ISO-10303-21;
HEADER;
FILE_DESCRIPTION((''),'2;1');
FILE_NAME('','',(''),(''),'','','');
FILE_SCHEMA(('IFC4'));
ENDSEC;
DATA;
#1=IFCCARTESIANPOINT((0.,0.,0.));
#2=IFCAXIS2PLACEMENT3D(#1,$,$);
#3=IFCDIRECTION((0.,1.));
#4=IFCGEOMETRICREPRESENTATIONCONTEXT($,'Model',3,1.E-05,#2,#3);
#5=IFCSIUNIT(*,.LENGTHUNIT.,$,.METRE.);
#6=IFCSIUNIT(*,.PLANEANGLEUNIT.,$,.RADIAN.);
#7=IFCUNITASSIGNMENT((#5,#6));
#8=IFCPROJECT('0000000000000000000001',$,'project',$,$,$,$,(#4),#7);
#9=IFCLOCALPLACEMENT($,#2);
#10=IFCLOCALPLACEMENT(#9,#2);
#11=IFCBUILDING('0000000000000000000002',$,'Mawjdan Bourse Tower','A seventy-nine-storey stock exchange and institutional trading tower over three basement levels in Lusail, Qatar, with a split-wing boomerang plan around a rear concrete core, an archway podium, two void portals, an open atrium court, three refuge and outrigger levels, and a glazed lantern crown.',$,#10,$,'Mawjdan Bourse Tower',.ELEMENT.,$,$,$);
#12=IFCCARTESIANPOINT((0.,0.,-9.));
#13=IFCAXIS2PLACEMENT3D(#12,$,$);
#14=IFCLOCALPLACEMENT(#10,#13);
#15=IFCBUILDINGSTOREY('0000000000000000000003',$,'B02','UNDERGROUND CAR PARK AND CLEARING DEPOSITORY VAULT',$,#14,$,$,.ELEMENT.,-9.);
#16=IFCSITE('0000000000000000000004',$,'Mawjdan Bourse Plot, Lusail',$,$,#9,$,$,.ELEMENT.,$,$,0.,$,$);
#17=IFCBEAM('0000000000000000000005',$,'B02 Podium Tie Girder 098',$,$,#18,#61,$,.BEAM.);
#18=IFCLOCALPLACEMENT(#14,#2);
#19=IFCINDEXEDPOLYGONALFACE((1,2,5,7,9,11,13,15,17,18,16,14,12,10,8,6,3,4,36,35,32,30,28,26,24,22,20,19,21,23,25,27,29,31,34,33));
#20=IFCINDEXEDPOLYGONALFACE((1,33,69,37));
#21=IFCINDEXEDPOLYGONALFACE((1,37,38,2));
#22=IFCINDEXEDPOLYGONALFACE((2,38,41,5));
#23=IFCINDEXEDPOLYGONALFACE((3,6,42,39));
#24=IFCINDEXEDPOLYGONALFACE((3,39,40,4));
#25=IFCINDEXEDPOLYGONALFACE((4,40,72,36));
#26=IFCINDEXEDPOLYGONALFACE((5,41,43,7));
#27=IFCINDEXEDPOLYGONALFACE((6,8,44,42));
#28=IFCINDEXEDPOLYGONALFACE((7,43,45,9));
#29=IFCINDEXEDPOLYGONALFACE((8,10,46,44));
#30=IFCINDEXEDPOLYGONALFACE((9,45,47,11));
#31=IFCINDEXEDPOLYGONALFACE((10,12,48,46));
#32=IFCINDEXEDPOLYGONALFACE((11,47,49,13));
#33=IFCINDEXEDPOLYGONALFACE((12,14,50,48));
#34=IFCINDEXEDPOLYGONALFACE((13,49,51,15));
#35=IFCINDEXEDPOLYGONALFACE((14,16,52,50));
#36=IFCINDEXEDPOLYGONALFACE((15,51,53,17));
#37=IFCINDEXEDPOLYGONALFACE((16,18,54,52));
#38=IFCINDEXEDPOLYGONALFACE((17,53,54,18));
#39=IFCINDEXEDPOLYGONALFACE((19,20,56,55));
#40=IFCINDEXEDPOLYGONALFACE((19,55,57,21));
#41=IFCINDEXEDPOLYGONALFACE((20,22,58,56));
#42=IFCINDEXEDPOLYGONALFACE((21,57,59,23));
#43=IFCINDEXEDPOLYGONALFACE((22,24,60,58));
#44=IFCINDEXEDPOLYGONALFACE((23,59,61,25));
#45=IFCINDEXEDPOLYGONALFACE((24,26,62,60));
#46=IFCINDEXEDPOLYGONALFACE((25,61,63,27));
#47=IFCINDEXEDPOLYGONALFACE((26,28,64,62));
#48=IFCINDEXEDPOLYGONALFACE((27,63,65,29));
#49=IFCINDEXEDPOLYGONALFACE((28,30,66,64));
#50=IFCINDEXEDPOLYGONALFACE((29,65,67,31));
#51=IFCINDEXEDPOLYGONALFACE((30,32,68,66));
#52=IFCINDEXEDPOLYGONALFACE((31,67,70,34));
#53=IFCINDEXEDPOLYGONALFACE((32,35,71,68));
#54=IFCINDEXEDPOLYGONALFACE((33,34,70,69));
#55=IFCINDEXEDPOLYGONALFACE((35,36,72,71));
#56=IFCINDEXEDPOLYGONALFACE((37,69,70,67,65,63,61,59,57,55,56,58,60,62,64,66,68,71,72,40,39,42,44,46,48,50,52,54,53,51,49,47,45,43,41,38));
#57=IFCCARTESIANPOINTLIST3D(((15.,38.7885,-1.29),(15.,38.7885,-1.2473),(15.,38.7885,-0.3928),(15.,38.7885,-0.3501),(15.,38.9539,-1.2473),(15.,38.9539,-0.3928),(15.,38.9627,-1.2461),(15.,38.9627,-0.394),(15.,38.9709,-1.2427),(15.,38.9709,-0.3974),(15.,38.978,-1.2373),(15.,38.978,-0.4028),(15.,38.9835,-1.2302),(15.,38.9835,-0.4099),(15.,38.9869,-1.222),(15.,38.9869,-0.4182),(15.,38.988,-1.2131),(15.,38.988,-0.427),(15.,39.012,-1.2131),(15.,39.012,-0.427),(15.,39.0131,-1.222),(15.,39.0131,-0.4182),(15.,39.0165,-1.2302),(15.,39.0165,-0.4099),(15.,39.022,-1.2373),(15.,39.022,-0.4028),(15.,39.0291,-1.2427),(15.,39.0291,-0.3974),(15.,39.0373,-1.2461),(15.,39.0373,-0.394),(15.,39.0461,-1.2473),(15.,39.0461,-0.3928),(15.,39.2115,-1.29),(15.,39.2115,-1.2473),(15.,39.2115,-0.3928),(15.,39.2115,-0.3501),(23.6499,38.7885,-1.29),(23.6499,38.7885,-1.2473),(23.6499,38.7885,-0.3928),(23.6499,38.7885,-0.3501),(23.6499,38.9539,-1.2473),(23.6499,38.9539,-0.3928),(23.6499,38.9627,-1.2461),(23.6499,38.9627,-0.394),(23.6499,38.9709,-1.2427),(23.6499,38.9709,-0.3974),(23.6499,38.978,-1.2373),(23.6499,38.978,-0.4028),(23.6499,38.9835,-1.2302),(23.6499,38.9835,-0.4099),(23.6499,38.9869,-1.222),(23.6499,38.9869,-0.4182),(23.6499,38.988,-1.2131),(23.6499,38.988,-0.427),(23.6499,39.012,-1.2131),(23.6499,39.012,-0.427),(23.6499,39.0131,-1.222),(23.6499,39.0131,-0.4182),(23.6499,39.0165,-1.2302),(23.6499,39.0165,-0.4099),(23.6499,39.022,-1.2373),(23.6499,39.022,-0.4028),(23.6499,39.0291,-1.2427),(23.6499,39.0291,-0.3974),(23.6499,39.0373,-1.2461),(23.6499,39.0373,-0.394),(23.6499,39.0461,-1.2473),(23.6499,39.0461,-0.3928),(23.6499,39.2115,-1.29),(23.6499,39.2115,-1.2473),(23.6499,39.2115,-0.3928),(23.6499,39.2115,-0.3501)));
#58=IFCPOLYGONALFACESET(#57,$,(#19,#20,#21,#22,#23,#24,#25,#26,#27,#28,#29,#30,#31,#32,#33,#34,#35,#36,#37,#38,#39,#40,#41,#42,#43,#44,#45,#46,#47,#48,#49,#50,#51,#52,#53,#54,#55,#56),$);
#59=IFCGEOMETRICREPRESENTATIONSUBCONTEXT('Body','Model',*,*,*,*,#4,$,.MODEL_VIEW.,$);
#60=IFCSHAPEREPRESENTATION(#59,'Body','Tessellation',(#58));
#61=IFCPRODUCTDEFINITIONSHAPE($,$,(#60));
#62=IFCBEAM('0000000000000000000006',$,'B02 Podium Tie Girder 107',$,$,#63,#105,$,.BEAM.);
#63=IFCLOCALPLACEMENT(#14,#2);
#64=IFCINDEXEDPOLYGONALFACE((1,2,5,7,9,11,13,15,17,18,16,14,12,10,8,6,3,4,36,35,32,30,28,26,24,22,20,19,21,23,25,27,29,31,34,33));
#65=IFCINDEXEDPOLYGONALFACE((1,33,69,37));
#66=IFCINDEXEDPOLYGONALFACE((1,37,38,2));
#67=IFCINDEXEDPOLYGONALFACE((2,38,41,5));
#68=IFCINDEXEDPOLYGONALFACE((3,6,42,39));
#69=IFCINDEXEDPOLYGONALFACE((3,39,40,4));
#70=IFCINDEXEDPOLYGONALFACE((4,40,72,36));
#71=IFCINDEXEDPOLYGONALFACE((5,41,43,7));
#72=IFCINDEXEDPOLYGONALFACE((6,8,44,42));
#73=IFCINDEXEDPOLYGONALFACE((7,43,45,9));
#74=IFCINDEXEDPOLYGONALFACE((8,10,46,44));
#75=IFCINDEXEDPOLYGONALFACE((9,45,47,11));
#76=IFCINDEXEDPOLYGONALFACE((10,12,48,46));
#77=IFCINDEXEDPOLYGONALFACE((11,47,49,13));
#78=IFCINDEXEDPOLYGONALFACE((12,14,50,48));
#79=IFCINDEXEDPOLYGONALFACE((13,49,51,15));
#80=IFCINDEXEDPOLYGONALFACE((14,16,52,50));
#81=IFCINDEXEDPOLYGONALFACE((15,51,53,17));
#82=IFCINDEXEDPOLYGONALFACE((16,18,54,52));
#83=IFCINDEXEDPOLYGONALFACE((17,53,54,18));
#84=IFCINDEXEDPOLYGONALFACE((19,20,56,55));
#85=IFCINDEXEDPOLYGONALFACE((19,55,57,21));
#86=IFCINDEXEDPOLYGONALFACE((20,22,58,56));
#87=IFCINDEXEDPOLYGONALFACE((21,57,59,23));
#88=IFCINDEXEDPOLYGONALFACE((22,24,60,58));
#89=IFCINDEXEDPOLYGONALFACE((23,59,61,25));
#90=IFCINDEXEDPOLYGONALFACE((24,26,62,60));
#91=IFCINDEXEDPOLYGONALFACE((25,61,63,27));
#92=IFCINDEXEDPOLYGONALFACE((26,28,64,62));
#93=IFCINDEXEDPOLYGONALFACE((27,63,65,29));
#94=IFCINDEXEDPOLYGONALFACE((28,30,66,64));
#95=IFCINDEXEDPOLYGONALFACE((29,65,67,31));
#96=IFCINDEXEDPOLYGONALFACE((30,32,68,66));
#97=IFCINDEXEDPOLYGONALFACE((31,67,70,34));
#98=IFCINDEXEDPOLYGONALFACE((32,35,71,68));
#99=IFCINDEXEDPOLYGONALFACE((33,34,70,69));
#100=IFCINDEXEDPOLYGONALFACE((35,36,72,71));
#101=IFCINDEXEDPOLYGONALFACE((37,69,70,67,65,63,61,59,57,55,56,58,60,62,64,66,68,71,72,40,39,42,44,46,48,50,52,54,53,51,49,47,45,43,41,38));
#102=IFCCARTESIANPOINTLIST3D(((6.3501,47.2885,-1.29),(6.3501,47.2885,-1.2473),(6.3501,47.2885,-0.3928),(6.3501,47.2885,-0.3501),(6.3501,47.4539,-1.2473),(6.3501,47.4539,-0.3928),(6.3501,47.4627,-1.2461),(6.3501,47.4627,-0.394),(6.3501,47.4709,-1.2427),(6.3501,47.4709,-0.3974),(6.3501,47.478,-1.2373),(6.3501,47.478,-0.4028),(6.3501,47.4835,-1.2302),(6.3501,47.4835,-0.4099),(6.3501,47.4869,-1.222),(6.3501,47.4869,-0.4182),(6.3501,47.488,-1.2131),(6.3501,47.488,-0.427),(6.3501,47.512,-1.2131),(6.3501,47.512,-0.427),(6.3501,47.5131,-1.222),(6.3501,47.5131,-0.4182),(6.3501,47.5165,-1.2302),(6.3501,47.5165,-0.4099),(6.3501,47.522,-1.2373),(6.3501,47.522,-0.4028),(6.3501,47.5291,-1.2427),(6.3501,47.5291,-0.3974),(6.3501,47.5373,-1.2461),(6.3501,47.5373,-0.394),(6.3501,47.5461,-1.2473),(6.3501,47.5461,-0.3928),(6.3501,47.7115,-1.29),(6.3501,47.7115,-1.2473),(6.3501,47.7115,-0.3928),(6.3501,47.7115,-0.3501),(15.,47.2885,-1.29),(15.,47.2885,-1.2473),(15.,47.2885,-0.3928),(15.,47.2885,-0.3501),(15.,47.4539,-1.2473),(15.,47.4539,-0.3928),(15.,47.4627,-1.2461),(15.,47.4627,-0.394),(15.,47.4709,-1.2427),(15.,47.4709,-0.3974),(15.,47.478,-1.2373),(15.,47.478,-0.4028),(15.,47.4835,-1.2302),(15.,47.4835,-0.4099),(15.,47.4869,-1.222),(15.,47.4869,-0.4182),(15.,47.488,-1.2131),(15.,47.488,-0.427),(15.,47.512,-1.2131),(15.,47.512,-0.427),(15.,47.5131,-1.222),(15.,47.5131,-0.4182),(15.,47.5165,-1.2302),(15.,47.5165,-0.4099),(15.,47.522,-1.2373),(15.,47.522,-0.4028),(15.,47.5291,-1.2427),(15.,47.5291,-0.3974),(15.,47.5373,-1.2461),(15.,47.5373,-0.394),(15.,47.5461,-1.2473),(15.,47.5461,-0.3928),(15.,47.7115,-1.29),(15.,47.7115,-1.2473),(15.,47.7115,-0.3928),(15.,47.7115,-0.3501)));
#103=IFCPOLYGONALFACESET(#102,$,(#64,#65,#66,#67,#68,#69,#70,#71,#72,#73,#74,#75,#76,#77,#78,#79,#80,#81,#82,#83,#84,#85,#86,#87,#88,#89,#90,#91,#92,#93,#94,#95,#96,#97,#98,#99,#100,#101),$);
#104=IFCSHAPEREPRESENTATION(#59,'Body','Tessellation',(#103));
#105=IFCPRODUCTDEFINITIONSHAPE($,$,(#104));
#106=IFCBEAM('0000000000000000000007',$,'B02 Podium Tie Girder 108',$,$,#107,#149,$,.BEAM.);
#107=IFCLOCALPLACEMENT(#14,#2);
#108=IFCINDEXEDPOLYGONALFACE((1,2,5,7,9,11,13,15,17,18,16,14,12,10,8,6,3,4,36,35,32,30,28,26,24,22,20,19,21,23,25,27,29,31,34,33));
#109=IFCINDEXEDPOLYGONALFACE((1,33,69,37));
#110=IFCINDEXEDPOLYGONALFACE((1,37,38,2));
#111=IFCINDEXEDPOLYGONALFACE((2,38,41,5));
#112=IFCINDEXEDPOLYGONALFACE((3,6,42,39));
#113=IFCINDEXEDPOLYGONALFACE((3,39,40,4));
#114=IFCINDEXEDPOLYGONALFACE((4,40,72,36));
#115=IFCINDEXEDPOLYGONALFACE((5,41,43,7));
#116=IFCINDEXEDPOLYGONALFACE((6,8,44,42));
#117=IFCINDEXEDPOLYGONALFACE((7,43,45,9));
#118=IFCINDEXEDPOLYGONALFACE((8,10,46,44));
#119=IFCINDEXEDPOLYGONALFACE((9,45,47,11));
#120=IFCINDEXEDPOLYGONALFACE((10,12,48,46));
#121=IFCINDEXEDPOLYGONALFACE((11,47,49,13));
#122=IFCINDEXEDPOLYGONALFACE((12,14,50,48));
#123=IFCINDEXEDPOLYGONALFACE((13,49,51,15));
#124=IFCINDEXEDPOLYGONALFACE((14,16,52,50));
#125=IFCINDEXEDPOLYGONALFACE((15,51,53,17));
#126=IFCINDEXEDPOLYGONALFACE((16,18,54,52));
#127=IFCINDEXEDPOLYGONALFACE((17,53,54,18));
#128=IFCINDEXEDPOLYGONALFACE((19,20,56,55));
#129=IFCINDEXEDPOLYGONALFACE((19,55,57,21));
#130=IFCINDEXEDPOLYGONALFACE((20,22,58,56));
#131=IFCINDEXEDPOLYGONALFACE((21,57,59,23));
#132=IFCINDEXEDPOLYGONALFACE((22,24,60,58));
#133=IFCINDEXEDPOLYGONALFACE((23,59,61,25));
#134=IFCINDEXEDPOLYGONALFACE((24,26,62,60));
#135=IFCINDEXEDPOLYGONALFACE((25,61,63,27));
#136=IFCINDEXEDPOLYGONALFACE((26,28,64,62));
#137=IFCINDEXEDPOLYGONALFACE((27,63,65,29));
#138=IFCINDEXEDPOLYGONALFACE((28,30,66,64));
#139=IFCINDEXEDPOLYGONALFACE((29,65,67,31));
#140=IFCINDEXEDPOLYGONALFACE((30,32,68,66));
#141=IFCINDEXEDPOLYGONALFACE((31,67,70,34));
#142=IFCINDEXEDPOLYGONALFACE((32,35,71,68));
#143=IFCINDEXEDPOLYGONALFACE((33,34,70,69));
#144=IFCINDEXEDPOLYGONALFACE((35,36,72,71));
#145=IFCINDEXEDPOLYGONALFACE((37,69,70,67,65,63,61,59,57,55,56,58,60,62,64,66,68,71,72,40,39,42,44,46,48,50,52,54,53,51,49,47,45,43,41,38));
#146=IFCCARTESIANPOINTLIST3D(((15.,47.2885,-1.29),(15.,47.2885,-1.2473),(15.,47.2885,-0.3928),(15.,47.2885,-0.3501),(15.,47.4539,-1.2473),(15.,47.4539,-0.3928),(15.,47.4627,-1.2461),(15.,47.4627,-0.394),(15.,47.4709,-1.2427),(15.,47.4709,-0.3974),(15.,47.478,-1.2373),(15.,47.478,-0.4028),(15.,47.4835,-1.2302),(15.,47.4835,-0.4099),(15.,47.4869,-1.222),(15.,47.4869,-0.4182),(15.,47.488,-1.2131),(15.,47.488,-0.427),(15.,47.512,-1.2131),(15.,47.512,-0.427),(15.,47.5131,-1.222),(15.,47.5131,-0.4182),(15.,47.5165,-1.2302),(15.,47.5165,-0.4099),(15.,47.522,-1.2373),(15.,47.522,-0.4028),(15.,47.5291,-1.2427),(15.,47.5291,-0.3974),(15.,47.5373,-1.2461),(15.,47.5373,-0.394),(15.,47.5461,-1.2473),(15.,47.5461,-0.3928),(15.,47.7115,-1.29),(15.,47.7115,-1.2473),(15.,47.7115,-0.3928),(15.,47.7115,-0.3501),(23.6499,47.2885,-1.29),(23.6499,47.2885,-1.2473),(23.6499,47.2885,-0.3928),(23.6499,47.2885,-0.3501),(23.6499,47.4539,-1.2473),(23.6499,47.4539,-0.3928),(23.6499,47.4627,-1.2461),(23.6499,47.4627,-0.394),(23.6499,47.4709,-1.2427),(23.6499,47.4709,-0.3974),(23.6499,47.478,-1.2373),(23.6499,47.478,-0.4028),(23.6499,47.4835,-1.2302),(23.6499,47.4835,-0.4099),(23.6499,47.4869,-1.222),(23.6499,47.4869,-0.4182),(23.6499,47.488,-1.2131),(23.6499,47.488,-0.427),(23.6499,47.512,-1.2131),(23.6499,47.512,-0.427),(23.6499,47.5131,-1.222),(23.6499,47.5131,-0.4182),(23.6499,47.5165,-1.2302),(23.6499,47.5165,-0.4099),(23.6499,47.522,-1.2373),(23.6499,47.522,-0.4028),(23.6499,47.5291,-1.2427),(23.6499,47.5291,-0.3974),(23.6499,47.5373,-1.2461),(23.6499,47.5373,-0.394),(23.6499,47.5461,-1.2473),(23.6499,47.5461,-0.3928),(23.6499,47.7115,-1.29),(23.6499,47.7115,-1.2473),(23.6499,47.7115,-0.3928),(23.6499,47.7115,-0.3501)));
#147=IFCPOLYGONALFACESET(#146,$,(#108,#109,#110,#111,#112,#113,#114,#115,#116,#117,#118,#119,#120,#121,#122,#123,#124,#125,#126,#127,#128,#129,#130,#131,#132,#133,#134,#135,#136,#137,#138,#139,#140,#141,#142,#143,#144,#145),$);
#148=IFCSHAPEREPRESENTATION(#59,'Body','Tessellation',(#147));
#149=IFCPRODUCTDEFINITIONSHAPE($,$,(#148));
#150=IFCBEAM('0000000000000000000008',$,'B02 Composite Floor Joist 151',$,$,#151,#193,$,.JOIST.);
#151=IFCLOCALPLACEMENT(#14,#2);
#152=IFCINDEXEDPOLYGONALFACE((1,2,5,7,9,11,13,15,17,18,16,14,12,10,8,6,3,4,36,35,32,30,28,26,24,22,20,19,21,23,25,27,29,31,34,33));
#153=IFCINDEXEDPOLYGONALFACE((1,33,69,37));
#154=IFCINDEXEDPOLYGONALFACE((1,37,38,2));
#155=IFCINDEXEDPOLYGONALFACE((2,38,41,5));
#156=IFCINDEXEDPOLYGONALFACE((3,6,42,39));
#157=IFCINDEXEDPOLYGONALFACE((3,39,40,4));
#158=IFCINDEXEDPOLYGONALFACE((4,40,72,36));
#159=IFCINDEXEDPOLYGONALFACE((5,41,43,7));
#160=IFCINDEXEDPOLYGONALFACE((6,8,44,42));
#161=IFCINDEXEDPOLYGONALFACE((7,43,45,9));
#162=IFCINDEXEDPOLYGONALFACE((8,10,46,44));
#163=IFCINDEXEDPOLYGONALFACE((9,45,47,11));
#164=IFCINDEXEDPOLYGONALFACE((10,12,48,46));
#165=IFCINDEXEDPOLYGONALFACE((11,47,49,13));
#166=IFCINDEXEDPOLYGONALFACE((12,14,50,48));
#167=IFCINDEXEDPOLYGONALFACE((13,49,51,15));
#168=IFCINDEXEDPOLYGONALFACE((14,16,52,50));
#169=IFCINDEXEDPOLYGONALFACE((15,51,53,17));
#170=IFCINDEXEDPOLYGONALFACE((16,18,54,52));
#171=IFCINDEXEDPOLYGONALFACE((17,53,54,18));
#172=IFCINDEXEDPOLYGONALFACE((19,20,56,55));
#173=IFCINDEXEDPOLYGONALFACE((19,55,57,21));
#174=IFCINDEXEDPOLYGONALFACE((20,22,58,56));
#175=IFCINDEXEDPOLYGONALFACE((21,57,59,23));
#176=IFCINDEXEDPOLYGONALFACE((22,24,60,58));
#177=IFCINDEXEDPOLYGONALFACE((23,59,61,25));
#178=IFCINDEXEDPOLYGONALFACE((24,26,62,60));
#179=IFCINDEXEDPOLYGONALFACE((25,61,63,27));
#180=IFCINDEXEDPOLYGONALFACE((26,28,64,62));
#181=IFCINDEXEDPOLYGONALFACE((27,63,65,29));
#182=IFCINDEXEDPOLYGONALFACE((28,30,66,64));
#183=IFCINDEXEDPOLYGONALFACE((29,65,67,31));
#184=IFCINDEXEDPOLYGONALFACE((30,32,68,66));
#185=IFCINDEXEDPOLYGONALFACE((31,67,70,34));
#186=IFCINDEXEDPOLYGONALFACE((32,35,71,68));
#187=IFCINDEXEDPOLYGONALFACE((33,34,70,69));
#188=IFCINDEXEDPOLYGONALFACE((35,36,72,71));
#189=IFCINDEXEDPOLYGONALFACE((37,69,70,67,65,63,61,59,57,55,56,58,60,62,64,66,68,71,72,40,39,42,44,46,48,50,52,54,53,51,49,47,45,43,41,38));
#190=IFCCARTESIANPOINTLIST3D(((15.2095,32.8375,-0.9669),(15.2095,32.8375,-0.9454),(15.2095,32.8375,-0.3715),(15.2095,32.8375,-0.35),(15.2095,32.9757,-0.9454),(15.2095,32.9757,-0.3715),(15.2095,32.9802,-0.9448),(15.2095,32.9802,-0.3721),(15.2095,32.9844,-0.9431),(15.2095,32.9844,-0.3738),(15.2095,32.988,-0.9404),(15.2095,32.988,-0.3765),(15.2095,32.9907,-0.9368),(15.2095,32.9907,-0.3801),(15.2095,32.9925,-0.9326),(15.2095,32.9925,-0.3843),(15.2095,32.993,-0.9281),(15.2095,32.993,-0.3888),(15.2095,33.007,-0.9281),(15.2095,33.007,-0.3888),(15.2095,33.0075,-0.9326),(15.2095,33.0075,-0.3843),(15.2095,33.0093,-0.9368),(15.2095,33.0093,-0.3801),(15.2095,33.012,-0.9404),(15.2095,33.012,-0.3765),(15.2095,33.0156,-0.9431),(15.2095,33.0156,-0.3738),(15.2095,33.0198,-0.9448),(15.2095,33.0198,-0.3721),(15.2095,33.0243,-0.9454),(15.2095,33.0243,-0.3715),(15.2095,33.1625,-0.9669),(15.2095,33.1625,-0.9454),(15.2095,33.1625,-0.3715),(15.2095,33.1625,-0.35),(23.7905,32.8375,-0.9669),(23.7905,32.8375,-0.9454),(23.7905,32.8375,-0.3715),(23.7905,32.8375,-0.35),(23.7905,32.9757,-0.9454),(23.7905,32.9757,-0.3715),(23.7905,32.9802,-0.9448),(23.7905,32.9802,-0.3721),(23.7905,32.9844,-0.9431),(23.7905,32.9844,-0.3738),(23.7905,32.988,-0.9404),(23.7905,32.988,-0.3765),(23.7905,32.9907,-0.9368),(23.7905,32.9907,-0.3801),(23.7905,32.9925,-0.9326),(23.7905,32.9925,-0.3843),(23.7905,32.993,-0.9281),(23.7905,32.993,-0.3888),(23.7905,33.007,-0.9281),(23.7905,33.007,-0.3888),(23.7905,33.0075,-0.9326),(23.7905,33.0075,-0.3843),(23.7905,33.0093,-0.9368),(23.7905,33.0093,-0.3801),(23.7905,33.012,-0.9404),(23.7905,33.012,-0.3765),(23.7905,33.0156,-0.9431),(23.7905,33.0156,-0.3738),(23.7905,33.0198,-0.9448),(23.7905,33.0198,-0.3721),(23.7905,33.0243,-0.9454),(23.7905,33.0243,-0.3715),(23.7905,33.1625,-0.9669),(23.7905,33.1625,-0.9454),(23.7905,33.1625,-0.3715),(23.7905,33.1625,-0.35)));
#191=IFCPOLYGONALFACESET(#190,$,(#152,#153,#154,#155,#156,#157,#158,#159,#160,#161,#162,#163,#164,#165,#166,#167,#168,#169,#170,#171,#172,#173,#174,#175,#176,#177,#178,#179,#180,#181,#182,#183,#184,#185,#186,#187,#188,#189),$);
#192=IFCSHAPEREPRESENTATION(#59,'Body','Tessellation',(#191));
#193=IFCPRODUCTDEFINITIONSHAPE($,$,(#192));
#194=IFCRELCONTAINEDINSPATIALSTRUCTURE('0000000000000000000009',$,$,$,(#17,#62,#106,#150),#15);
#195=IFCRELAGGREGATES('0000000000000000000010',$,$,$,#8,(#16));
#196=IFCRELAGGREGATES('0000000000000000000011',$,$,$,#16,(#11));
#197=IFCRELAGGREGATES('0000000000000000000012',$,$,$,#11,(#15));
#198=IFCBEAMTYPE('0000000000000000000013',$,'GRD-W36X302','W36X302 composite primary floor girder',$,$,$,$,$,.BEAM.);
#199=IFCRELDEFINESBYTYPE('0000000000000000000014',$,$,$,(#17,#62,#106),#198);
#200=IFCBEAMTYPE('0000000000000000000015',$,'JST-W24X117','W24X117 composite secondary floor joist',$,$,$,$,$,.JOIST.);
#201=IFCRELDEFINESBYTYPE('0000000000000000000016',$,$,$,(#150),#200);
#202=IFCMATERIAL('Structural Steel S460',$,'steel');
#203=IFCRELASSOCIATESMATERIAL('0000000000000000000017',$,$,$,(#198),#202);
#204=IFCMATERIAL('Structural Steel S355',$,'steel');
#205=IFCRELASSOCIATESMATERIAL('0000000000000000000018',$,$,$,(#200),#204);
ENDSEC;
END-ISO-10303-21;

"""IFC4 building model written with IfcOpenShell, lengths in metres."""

from ifc_helpers import new_model, si_unit, direction, frame, origin, origin_2d, place, context, subcontext, project, spatial, i_section, extrude, material, material_profile, profile_set, type_object, element, save


model = new_model("IFC4")

# Units and contexts
model_context = context("Model", 3, precision=1e-05, world=origin(), true_north=direction((0.0, 1.0)))
body_context = subcontext(model_context, "Body", "Model", "MODEL_VIEW")
ifc_project = project(units=[si_unit("LENGTHUNIT", "METRE"), si_unit("PLANEANGLEUNIT", "RADIAN")], contexts=[model_context])

# Site, building, storey
site_placement = place(None, origin())
site = spatial("IfcSite", under=ifc_project, at=site_placement, Name="Mawjdan Bourse Plot, Lusail", CompositionType="ELEMENT", RefElevation=0.0)
building_placement = place(site_placement, origin())
building = spatial("IfcBuilding", under=site, at=building_placement, Name="Mawjdan Bourse Tower", Description="A seventy-nine-storey stock exchange and institutional trading tower over three basement levels in Lusail, Qatar, with a split-wing boomerang plan around a rear concrete core, an archway podium, two void portals, an open atrium court, three refuge and outrigger levels, and a glazed lantern crown.", LongName="Mawjdan Bourse Tower", CompositionType="ELEMENT")
storey_placement = place(building_placement, frame((0.0, 0.0, -9.0)))
storey = spatial("IfcBuildingStorey", under=building, at=storey_placement, Name="B02", Description="UNDERGROUND CAR PARK AND CLEARING DEPOSITORY VAULT", CompositionType="ELEMENT", Elevation=-9.0)

# Beams
ifc_material_1 = material(Name="Structural Steel S460", Category="steel")
ifc_material_profile_1 = material_profile(ifc_material_1, i_section(OverallWidth=0.4231, OverallDepth=0.9399, WebThickness=0.0239, FlangeThickness=0.0427, FilletRadius=0.0342, at=origin_2d()), Name="W36X302")
ifc_profile_set_1 = profile_set([ifc_material_profile_1], Name="Structural Steel S460")
beam_type_1 = type_object("IfcBeamType", Name="GRD-W36X302", Description="W36X302 composite primary floor girder", PredefinedType="BEAM", material=ifc_profile_set_1)
for number, where, z_axis, x_axis, name in (
    (1, (15.0, 39.0, -0.8201), (1.0, 0.0, 0.0), (0.0, 1.0, 0.0), "B02 Podium Tie Girder 098"),
    (2, (6.3501, 47.5, -0.8201), (1.0, 0.0, 0.0), (0.0, 1.0, 0.0), "B02 Podium Tie Girder 107"),
    (3, (15.0, 47.5, -0.8201), (1.0, 0.0, 0.0), (0.0, 1.0, 0.0), "B02 Podium Tie Girder 108"),
):
    element("IfcBeam", number, at=place(storey_placement, frame(where, z_axis=z_axis, x_axis=x_axis)), inside=storey, type_object=beam_type_1, Name=name, PredefinedType="BEAM", context=body_context, shape_type="SweptSolid", body=[
        extrude(i_section(OverallWidth=0.4231, OverallDepth=0.9399, WebThickness=0.0239, FlangeThickness=0.0427, FilletRadius=0.0342, at=origin_2d()), origin(), (0.0, 0.0, 1.0), 8.6499),
    ])
ifc_material_2 = material(Name="Structural Steel S355", Category="steel")
ifc_material_profile_2 = material_profile(ifc_material_2, i_section(OverallWidth=0.325, OverallDepth=0.6169, WebThickness=0.0139, FlangeThickness=0.0215, FilletRadius=0.0173, at=origin_2d()), Name="W24X117")
ifc_profile_set_2 = profile_set([ifc_material_profile_2], Name="Structural Steel S355")
beam_type_2 = type_object("IfcBeamType", Name="JST-W24X117", Description="W24X117 composite secondary floor joist", PredefinedType="JOIST", material=ifc_profile_set_2)
for number, where, z_axis, x_axis, name in (
    (4, (15.2095, 33.0, -0.6584), (1.0, 0.0, 0.0), (0.0, 1.0, 0.0), "B02 Composite Floor Joist 151"),
):
    element("IfcBeam", number, at=place(storey_placement, frame(where, z_axis=z_axis, x_axis=x_axis)), inside=storey, type_object=beam_type_2, Name=name, PredefinedType="JOIST", context=body_context, shape_type="SweptSolid", body=[
        extrude(i_section(OverallWidth=0.325, OverallDepth=0.6169, WebThickness=0.0139, FlangeThickness=0.0215, FilletRadius=0.0173, at=origin_2d()), origin(), (0.0, 0.0, 1.0), 8.5811),
    ])

save(model, "model.ifc")
